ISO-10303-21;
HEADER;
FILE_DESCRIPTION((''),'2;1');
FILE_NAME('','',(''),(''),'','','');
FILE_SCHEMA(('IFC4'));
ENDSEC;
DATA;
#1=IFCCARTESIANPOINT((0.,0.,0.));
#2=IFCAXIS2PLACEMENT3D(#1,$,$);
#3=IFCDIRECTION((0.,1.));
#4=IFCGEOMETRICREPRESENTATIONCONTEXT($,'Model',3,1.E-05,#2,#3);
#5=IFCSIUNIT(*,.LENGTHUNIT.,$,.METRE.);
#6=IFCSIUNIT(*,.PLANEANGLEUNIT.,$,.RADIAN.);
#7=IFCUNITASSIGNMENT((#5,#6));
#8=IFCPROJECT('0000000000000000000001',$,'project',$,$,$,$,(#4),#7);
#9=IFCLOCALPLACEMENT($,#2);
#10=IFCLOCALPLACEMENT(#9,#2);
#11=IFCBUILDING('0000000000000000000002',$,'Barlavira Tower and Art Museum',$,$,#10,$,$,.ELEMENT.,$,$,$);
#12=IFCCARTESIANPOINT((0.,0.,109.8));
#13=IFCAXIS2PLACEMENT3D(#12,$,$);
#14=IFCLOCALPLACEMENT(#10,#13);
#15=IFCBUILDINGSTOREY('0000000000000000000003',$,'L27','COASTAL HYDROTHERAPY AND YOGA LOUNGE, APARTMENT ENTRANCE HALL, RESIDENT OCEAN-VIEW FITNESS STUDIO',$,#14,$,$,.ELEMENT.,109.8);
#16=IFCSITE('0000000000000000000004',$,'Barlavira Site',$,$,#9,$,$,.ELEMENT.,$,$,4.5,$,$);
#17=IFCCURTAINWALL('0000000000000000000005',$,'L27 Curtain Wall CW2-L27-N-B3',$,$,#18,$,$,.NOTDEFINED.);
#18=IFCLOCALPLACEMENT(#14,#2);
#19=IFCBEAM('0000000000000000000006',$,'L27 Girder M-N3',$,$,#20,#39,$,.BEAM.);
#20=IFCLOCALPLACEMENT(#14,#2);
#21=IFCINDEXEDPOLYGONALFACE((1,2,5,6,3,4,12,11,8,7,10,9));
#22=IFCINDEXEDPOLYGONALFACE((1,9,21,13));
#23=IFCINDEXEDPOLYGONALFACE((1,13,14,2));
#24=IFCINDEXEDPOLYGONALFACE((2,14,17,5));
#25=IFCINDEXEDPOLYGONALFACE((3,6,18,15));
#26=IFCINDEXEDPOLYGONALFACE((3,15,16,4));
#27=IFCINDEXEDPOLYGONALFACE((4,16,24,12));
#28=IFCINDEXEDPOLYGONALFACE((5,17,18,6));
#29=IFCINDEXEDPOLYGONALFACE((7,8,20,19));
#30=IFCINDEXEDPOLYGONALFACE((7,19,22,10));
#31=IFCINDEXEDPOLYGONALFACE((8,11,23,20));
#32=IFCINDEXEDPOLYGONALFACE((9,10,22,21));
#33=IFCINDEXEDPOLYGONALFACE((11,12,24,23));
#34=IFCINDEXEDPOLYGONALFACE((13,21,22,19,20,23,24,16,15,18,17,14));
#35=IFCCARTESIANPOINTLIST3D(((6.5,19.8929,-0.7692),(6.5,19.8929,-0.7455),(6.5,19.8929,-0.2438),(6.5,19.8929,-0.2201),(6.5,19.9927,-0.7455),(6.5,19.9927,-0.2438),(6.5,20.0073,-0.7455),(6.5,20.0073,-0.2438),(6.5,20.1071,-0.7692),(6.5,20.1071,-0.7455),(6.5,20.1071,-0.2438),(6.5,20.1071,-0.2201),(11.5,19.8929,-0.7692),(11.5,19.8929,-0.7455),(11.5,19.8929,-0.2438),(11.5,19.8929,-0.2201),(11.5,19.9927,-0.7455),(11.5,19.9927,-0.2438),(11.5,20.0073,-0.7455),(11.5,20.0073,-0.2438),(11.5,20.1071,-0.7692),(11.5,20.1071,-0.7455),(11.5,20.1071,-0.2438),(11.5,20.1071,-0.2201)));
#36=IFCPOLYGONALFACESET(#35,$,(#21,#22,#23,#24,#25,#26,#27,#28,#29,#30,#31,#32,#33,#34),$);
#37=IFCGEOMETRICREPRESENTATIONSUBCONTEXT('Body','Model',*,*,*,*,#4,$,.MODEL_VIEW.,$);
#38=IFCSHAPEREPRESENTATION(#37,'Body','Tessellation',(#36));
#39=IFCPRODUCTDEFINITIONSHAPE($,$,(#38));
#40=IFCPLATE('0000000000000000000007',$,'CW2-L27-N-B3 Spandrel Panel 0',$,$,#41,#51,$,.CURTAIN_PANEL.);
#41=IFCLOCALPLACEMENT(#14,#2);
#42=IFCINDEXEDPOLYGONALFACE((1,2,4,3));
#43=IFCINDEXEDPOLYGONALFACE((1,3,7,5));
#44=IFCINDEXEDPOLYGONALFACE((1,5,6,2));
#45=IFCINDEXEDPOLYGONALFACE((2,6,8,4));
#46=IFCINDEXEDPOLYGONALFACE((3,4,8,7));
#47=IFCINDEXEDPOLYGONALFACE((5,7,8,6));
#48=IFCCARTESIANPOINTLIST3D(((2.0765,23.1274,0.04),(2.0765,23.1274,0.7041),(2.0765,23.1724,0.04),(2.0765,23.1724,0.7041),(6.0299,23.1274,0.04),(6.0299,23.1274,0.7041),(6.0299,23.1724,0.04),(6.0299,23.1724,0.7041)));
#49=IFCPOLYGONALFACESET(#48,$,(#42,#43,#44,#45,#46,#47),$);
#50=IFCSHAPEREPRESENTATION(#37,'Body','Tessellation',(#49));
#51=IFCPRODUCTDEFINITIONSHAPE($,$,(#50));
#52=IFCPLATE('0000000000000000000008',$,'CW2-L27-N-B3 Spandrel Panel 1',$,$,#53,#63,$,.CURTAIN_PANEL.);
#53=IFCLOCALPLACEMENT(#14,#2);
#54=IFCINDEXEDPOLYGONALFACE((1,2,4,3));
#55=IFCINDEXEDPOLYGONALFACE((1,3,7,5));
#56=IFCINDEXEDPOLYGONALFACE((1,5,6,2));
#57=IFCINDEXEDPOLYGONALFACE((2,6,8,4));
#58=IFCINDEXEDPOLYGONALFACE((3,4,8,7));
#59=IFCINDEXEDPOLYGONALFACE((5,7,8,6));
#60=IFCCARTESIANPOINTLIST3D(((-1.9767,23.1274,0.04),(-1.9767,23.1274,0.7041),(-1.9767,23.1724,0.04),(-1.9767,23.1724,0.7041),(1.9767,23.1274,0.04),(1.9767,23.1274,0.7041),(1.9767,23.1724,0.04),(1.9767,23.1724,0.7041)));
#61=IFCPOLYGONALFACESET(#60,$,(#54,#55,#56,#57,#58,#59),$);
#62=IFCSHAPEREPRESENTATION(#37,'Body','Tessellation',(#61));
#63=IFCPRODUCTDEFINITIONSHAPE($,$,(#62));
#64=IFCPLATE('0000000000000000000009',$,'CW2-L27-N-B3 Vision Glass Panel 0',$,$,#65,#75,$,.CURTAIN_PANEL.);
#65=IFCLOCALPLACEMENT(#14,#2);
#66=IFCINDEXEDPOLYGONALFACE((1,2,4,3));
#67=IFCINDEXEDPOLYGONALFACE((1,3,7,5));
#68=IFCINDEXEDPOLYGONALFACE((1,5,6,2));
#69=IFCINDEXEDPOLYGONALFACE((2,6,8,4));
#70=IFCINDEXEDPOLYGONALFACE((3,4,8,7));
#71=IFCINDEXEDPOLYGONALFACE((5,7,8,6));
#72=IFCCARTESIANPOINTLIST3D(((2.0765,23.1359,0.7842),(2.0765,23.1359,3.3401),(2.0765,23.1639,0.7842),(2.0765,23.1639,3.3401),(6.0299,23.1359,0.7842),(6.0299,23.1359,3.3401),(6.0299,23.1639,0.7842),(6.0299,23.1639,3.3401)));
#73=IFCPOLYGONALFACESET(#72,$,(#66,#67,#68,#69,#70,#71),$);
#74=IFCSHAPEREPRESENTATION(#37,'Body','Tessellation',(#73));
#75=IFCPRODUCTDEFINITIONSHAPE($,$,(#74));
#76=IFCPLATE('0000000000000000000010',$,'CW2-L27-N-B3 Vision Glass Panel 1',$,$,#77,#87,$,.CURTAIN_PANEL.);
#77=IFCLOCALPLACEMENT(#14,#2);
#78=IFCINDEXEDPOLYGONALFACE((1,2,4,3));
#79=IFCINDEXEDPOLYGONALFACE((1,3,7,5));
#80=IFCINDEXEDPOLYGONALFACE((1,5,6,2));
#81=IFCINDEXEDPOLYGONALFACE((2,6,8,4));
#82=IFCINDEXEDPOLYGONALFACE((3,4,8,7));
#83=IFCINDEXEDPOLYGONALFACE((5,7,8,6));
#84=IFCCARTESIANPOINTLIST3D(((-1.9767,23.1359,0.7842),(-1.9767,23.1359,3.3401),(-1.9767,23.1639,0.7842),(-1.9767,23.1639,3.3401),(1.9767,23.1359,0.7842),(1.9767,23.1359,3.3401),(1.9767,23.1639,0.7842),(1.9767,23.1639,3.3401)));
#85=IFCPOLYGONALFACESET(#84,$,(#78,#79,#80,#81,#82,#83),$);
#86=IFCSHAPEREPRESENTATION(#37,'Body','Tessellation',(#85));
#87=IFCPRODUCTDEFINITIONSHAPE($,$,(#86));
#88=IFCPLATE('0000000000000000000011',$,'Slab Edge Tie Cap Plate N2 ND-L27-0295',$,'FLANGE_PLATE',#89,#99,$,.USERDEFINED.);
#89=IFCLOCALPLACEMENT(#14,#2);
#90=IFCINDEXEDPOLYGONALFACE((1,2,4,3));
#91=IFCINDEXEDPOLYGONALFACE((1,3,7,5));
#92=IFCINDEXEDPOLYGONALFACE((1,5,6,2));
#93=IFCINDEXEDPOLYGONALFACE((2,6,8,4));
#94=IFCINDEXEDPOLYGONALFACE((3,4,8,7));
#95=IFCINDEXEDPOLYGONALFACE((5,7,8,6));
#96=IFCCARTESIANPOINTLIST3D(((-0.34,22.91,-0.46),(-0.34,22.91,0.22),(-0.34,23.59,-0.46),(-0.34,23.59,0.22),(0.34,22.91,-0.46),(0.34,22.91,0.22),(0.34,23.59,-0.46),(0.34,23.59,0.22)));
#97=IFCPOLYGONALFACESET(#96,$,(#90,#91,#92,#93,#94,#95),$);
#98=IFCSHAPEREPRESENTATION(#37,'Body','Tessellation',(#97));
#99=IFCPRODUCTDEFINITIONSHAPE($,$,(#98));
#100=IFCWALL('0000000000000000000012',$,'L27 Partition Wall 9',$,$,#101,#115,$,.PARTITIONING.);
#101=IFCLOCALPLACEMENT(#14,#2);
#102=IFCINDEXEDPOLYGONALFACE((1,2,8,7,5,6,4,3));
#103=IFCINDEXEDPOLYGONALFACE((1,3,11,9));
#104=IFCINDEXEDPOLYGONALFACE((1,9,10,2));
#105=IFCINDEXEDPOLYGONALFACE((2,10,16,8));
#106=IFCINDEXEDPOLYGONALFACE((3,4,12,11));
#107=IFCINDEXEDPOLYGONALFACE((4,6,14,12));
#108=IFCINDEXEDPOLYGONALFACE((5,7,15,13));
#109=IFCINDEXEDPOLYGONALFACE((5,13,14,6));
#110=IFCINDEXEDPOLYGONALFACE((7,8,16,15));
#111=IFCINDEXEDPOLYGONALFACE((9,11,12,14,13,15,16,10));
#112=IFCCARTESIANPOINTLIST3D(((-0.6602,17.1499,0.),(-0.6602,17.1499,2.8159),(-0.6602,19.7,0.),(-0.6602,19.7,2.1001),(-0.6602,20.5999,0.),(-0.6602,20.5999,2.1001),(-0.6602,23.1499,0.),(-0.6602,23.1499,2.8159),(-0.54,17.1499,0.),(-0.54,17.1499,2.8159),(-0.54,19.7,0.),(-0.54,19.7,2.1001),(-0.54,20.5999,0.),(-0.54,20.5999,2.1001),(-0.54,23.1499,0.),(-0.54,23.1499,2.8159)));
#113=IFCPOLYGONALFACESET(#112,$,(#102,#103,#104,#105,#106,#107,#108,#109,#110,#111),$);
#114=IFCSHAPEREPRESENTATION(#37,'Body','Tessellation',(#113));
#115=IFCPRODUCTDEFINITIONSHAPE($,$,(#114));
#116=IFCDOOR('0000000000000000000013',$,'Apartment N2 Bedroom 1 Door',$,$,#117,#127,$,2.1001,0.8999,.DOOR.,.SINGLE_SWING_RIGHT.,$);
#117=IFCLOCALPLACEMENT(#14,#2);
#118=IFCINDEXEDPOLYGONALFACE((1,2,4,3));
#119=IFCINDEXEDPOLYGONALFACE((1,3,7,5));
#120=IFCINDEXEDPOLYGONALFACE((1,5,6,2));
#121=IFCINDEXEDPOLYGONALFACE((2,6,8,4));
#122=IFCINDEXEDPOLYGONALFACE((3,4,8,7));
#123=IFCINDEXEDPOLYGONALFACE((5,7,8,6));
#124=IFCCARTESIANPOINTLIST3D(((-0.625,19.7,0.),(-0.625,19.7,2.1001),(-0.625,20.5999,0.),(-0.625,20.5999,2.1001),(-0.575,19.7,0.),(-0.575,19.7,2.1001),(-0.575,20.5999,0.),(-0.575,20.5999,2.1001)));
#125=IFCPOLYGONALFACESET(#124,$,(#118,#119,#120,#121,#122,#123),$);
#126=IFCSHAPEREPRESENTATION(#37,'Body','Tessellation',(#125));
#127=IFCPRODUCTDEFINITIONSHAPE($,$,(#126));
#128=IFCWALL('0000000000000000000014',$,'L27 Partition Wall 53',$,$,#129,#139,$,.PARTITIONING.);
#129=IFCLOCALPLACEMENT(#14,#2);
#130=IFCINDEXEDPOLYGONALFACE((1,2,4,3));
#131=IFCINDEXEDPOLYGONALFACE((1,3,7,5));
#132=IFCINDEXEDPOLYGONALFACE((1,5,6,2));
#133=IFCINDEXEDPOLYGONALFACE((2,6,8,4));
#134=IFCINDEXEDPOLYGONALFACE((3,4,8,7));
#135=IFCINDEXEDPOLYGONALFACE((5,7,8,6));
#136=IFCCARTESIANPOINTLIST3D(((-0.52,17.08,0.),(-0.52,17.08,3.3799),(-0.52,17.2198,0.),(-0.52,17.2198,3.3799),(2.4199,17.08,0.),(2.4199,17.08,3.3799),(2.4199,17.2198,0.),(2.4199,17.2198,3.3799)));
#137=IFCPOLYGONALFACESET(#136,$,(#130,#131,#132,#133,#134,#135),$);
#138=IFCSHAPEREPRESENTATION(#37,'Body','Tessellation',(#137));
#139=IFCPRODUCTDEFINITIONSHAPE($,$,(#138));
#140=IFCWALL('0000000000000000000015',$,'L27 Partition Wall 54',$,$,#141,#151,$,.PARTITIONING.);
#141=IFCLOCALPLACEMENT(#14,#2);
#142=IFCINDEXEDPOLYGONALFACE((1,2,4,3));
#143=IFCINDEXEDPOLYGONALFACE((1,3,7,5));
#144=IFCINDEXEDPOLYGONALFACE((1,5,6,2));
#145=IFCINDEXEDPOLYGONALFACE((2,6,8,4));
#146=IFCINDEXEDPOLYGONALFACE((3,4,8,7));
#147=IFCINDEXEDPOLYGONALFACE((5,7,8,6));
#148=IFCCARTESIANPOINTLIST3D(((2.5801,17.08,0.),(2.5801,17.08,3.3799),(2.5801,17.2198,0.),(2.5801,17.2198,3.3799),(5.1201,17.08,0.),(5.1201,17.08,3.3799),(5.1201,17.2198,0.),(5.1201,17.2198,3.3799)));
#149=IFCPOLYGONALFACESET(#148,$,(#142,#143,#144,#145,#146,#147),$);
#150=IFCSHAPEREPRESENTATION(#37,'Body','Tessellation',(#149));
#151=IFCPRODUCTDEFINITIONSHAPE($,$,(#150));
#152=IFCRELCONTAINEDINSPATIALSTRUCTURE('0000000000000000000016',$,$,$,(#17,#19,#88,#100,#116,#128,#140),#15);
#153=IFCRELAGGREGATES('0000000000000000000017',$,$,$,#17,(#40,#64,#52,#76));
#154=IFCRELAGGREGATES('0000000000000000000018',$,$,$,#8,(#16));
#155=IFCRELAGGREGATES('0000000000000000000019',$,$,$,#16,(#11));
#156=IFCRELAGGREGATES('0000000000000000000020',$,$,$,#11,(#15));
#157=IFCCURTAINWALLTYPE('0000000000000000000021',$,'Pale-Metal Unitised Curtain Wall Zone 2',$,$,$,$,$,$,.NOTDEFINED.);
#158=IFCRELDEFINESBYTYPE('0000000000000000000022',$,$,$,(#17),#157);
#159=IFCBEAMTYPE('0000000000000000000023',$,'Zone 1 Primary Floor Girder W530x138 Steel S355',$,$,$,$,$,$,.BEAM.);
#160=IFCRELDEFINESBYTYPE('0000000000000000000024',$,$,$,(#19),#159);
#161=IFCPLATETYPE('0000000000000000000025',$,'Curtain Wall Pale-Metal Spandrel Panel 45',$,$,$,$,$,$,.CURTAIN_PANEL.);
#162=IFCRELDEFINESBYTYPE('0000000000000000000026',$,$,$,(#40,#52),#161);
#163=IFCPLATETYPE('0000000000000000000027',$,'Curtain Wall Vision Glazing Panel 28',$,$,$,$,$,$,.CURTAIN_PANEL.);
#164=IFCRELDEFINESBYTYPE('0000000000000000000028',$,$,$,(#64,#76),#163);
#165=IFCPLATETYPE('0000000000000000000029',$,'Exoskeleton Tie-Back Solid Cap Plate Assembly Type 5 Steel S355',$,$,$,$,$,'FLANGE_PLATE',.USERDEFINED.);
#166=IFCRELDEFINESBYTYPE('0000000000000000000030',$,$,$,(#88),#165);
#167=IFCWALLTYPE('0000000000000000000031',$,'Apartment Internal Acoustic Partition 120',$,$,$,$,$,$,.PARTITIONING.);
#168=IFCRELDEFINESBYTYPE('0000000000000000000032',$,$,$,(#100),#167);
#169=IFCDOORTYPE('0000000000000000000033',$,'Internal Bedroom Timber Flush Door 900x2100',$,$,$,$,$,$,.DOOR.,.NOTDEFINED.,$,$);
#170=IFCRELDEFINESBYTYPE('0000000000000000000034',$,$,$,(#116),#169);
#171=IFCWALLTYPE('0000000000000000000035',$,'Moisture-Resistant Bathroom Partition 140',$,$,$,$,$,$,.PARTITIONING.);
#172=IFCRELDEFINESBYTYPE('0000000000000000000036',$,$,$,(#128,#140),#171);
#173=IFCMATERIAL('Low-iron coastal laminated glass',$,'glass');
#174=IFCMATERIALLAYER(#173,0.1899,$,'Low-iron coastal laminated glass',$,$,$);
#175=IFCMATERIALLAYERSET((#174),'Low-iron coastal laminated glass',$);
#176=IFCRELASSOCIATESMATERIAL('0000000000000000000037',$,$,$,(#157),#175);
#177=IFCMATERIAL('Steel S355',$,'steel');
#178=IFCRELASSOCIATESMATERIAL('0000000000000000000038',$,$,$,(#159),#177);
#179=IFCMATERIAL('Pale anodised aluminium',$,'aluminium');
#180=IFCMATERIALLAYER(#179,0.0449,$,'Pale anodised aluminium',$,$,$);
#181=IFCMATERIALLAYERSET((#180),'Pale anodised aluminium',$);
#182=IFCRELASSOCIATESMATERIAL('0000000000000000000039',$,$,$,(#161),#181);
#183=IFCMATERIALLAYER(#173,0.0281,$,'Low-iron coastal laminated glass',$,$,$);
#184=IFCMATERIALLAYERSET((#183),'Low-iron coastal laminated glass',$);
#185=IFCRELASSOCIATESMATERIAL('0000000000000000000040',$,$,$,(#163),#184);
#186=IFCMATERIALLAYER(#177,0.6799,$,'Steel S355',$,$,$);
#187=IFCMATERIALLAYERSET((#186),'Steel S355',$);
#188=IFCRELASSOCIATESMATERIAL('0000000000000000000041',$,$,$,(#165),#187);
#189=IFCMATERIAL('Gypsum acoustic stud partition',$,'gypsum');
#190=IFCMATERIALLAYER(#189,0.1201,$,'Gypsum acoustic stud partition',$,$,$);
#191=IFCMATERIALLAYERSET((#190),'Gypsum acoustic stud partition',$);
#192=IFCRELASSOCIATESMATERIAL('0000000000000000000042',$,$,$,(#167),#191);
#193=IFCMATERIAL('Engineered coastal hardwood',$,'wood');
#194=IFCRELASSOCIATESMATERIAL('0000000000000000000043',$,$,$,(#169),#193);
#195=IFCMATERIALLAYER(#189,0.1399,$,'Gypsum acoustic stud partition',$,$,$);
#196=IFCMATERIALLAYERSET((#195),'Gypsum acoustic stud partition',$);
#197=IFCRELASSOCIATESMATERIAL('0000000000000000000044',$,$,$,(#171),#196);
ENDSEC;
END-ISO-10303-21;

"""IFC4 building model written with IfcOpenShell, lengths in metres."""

from ifc_helpers import new_model, si_unit, direction, frame, frame_2d, origin, origin_2d, place, context, subcontext, project, spatial, rectangle, i_section, extrude, material, layer, layer_set, material_profile, profile_set, type_object, element, fill, aggregate, save


model = new_model("IFC4")

# Units and contexts
model_context = context("Model", 3, precision=1e-05, world=origin(), true_north=direction((0.0, 1.0)))
body_context = subcontext(model_context, "Body", "Model", "MODEL_VIEW")
ifc_project = project(units=[si_unit("LENGTHUNIT", "METRE"), si_unit("PLANEANGLEUNIT", "RADIAN")], contexts=[model_context])

# Site, building, storey
site_placement = place(None, origin())
site = spatial("IfcSite", under=ifc_project, at=site_placement, Name="Barlavira Site", CompositionType="ELEMENT", RefElevation=4.5)
building_placement = place(site_placement, origin())
building = spatial("IfcBuilding", under=site, at=building_placement, Name="Barlavira Tower and Art Museum", CompositionType="ELEMENT")
storey_placement = place(building_placement, frame((0.0, 0.0, 109.8)))
storey = spatial("IfcBuildingStorey", under=building, at=storey_placement, Name="L27", Description="COASTAL HYDROTHERAPY AND YOGA LOUNGE, APARTMENT ENTRANCE HALL, RESIDENT OCEAN-VIEW FITNESS STUDIO", CompositionType="ELEMENT", Elevation=109.8)

# Curtain wall
ifc_material_1 = material(Name="Low-iron coastal laminated glass", Category="glass")
ifc_layer_1 = layer(ifc_material_1, 0.1899, Name="Low-iron coastal laminated glass")
ifc_layer_set_1 = layer_set([ifc_layer_1], Name="Low-iron coastal laminated glass")
curtain_wall_type = type_object("IfcCurtainWallType", Name="Pale-Metal Unitised Curtain Wall Zone 2", PredefinedType="NOTDEFINED", material=ifc_layer_set_1)
curtain_wall_placement = place(storey_placement, origin())
curtain_wall = element("IfcCurtainWall", 1, at=curtain_wall_placement, inside=storey, type_object=curtain_wall_type, Name="L27 Curtain Wall CW2-L27-N-B3", PredefinedType="NOTDEFINED")
ifc_material_2 = material(Name="Pale anodised aluminium", Category="aluminium")

# Shared definitions
ifc_material_3 = material(Name="Steel S355", Category="steel")

# Beam
ifc_material_profile_1 = material_profile(ifc_material_3, i_section(OverallWidth=0.2141, OverallDepth=0.5491, WebThickness=0.0146, FlangeThickness=0.0237, at=origin_2d()), Name="W530x138.0")
ifc_profile_set_1 = profile_set([ifc_material_profile_1], Name="Steel S355")
beam_type = type_object("IfcBeamType", Name="Zone 1 Primary Floor Girder W530x138 Steel S355", PredefinedType="BEAM", material=ifc_profile_set_1)
beam_placement = place(storey_placement, frame((6.5, 20.0, -0.4946), z_axis=(1.0, 0.0, 0.0), x_axis=(0.0, 1.0, 0.0)))
element("IfcBeam", 2, at=beam_placement, inside=storey, type_object=beam_type, Name="L27 Girder M-N3", PredefinedType="BEAM", context=body_context, shape_type="SweptSolid", body=[
    extrude(i_section(OverallWidth=0.2141, OverallDepth=0.5491, WebThickness=0.0146, FlangeThickness=0.0237, at=origin_2d()), origin(), (0.0, 0.0, 1.0), 5.0),
])

# Plates
ifc_layer_2 = layer(ifc_material_2, 0.0449, Name="Pale anodised aluminium")
ifc_layer_set_2 = layer_set([ifc_layer_2], Name="Pale anodised aluminium")
plate_type_1 = type_object("IfcPlateType", Name="Curtain Wall Pale-Metal Spandrel Panel 45", PredefinedType="CURTAIN_PANEL", material=ifc_layer_set_2)
plate_1_placement = place(storey_placement, frame((4.0532, 23.1499, 0.04), z_axis=(0.0, 0.0, 1.0), x_axis=(-1.0, 0.0, 0.0)))
plate_1 = element("IfcPlate", 3, at=plate_1_placement, type_object=plate_type_1, Name="CW2-L27-N-B3 Spandrel Panel 0", PredefinedType="CURTAIN_PANEL", context=body_context, shape_type="SweptSolid", body=[
    extrude(rectangle(XDim=3.9534, YDim=0.0449, at=origin_2d()), origin(), (0.0, 0.0, 1.0), 0.6641),
])
plate_2_placement = place(storey_placement, frame((0.0, 23.1499, 0.04), z_axis=(0.0, 0.0, 1.0), x_axis=(-1.0, 0.0, 0.0)))
plate_2 = element("IfcPlate", 4, at=plate_2_placement, type_object=plate_type_1, Name="CW2-L27-N-B3 Spandrel Panel 1", PredefinedType="CURTAIN_PANEL", context=body_context, shape_type="SweptSolid", body=[
    extrude(rectangle(XDim=3.9534, YDim=0.0449, at=origin_2d()), origin(), (0.0, 0.0, 1.0), 0.6641),
])
ifc_layer_3 = layer(ifc_material_1, 0.0281, Name="Low-iron coastal laminated glass")
ifc_layer_set_3 = layer_set([ifc_layer_3], Name="Low-iron coastal laminated glass")
plate_type_2 = type_object("IfcPlateType", Name="Curtain Wall Vision Glazing Panel 28", PredefinedType="CURTAIN_PANEL", material=ifc_layer_set_3)
plate_3_placement = place(storey_placement, frame((4.0532, 23.1499, 0.7842), z_axis=(0.0, 0.0, 1.0), x_axis=(-1.0, 0.0, 0.0)))
plate_3 = element("IfcPlate", 5, at=plate_3_placement, type_object=plate_type_2, Name="CW2-L27-N-B3 Vision Glass Panel 0", PredefinedType="CURTAIN_PANEL", context=body_context, shape_type="SweptSolid", body=[
    extrude(rectangle(XDim=3.9534, YDim=0.0281, at=origin_2d()), origin(), (0.0, 0.0, 1.0), 2.5559),
])
plate_4_placement = place(storey_placement, frame((0.0, 23.1499, 0.7842), z_axis=(0.0, 0.0, 1.0), x_axis=(-1.0, 0.0, 0.0)))
plate_4 = element("IfcPlate", 6, at=plate_4_placement, type_object=plate_type_2, Name="CW2-L27-N-B3 Vision Glass Panel 1", PredefinedType="CURTAIN_PANEL", context=body_context, shape_type="SweptSolid", body=[
    extrude(rectangle(XDim=3.9534, YDim=0.0281, at=origin_2d()), origin(), (0.0, 0.0, 1.0), 2.5559),
])
aggregate(curtain_wall, [plate_1, plate_3, plate_2, plate_4])
ifc_layer_4 = layer(ifc_material_3, 0.6799, Name="Steel S355")
ifc_layer_set_4 = layer_set([ifc_layer_4], Name="Steel S355")
plate_type_3 = type_object("IfcPlateType", Name="Exoskeleton Tie-Back Solid Cap Plate Assembly Type 5 Steel S355", ElementType="FLANGE_PLATE", PredefinedType="USERDEFINED", material=ifc_layer_set_4)
plate_5_placement = place(storey_placement, frame((0.0, 23.25, -0.46), z_axis=(0.0, 0.0, 1.0), x_axis=(1.0, 0.0, 0.0)))
element("IfcPlate", 7, at=plate_5_placement, inside=storey, type_object=plate_type_3, Name="Slab Edge Tie Cap Plate N2 ND-L27-0295", ObjectType="FLANGE_PLATE", PredefinedType="USERDEFINED", context=body_context, shape_type="SweptSolid", body=[
    extrude(rectangle(XDim=0.6799, YDim=0.6799, at=origin_2d()), origin(), (0.0, 0.0, 1.0), 0.6799),
])

# Wall, opening, door
ifc_material_4 = material(Name="Gypsum acoustic stud partition", Category="gypsum")
ifc_layer_5 = layer(ifc_material_4, 0.1201, Name="Gypsum acoustic stud partition")
ifc_layer_set_5 = layer_set([ifc_layer_5], Name="Gypsum acoustic stud partition")
wall_type_1 = type_object("IfcWallType", Name="Apartment Internal Acoustic Partition 120", PredefinedType="PARTITIONING", material=ifc_layer_set_5)
wall_1_placement = place(storey_placement, frame((-0.6001, 17.1499, 0.0), z_axis=(0.0, 0.0, 1.0), x_axis=(0.0, 1.0, 0.0)))
wall_1 = element("IfcWall", 8, at=wall_1_placement, inside=storey, type_object=wall_type_1, Name="L27 Partition Wall 9", PredefinedType="PARTITIONING", context=body_context, shape_type="SweptSolid", body=[
    extrude(rectangle(XDim=6.0, YDim=0.1201, at=frame_2d((3.0, 0.0))), origin(), (0.0, 0.0, 1.0), 2.8159),
])
opening_1_placement = place(wall_1_placement, frame((2.55, 0.0, 0.0)))
opening_1 = element("IfcOpeningElement", 9, at=opening_1_placement, cuts=wall_1, PredefinedType="OPENING", context=body_context, shape_type="SweptSolid", body=[
    extrude(rectangle(XDim=0.8999, YDim=2.1001, at=frame_2d((0.45, 1.05))), frame((0.0, 0.0701, 0.0), z_axis=(0.0, -1.0, 0.0), x_axis=(1.0, 0.0, 0.0)), (0.0, 0.0, 1.0), 0.1401),
])
ifc_material_5 = material(Name="Engineered coastal hardwood", Category="wood")
door_type_1 = type_object("IfcDoorType", Name="Internal Bedroom Timber Flush Door 900x2100", OperationType="NOTDEFINED", PredefinedType="DOOR", material=ifc_material_5)
door_1_placement = place(opening_1_placement, origin())
door_1 = element("IfcDoor", 10, at=door_1_placement, inside=storey, type_object=door_type_1, Name="Apartment N2 Bedroom 1 Door", OperationType="SINGLE_SWING_RIGHT", OverallHeight=2.1001, OverallWidth=0.8999, PredefinedType="DOOR", context=body_context, shape_type="SweptSolid", body=[
    extrude(rectangle(XDim=0.8999, YDim=2.1001, at=frame_2d((0.45, 1.05))), frame((0.0, 0.0249, 0.0), z_axis=(0.0, -1.0, 0.0), x_axis=(1.0, 0.0, 0.0)), (0.0, 0.0, 1.0), 0.05),
])
fill(opening_1, door_1)

# Walls
ifc_layer_6 = layer(ifc_material_4, 0.1399, Name="Gypsum acoustic stud partition")
ifc_layer_set_6 = layer_set([ifc_layer_6], Name="Gypsum acoustic stud partition")
wall_type_2 = type_object("IfcWallType", Name="Moisture-Resistant Bathroom Partition 140", PredefinedType="PARTITIONING", material=ifc_layer_set_6)
wall_2_placement = place(storey_placement, frame((-0.52, 17.1499, 0.0), z_axis=(0.0, 0.0, 1.0), x_axis=(1.0, 0.0, 0.0)))
element("IfcWall", 11, at=wall_2_placement, inside=storey, type_object=wall_type_2, Name="L27 Partition Wall 53", PredefinedType="PARTITIONING", context=body_context, shape_type="SweptSolid", body=[
    extrude(rectangle(XDim=2.9399, YDim=0.1399, at=frame_2d((1.47, 0.0))), origin(), (0.0, 0.0, 1.0), 3.3799),
])
wall_3_placement = place(storey_placement, frame((2.5801, 17.1499, 0.0), z_axis=(0.0, 0.0, 1.0), x_axis=(1.0, 0.0, 0.0)))
element("IfcWall", 12, at=wall_3_placement, inside=storey, type_object=wall_type_2, Name="L27 Partition Wall 54", PredefinedType="PARTITIONING", context=body_context, shape_type="SweptSolid", body=[
    extrude(rectangle(XDim=2.54, YDim=0.1399, at=frame_2d((1.27, 0.0))), origin(), (0.0, 0.0, 1.0), 3.3799),
])

save(model, "model.ifc")
